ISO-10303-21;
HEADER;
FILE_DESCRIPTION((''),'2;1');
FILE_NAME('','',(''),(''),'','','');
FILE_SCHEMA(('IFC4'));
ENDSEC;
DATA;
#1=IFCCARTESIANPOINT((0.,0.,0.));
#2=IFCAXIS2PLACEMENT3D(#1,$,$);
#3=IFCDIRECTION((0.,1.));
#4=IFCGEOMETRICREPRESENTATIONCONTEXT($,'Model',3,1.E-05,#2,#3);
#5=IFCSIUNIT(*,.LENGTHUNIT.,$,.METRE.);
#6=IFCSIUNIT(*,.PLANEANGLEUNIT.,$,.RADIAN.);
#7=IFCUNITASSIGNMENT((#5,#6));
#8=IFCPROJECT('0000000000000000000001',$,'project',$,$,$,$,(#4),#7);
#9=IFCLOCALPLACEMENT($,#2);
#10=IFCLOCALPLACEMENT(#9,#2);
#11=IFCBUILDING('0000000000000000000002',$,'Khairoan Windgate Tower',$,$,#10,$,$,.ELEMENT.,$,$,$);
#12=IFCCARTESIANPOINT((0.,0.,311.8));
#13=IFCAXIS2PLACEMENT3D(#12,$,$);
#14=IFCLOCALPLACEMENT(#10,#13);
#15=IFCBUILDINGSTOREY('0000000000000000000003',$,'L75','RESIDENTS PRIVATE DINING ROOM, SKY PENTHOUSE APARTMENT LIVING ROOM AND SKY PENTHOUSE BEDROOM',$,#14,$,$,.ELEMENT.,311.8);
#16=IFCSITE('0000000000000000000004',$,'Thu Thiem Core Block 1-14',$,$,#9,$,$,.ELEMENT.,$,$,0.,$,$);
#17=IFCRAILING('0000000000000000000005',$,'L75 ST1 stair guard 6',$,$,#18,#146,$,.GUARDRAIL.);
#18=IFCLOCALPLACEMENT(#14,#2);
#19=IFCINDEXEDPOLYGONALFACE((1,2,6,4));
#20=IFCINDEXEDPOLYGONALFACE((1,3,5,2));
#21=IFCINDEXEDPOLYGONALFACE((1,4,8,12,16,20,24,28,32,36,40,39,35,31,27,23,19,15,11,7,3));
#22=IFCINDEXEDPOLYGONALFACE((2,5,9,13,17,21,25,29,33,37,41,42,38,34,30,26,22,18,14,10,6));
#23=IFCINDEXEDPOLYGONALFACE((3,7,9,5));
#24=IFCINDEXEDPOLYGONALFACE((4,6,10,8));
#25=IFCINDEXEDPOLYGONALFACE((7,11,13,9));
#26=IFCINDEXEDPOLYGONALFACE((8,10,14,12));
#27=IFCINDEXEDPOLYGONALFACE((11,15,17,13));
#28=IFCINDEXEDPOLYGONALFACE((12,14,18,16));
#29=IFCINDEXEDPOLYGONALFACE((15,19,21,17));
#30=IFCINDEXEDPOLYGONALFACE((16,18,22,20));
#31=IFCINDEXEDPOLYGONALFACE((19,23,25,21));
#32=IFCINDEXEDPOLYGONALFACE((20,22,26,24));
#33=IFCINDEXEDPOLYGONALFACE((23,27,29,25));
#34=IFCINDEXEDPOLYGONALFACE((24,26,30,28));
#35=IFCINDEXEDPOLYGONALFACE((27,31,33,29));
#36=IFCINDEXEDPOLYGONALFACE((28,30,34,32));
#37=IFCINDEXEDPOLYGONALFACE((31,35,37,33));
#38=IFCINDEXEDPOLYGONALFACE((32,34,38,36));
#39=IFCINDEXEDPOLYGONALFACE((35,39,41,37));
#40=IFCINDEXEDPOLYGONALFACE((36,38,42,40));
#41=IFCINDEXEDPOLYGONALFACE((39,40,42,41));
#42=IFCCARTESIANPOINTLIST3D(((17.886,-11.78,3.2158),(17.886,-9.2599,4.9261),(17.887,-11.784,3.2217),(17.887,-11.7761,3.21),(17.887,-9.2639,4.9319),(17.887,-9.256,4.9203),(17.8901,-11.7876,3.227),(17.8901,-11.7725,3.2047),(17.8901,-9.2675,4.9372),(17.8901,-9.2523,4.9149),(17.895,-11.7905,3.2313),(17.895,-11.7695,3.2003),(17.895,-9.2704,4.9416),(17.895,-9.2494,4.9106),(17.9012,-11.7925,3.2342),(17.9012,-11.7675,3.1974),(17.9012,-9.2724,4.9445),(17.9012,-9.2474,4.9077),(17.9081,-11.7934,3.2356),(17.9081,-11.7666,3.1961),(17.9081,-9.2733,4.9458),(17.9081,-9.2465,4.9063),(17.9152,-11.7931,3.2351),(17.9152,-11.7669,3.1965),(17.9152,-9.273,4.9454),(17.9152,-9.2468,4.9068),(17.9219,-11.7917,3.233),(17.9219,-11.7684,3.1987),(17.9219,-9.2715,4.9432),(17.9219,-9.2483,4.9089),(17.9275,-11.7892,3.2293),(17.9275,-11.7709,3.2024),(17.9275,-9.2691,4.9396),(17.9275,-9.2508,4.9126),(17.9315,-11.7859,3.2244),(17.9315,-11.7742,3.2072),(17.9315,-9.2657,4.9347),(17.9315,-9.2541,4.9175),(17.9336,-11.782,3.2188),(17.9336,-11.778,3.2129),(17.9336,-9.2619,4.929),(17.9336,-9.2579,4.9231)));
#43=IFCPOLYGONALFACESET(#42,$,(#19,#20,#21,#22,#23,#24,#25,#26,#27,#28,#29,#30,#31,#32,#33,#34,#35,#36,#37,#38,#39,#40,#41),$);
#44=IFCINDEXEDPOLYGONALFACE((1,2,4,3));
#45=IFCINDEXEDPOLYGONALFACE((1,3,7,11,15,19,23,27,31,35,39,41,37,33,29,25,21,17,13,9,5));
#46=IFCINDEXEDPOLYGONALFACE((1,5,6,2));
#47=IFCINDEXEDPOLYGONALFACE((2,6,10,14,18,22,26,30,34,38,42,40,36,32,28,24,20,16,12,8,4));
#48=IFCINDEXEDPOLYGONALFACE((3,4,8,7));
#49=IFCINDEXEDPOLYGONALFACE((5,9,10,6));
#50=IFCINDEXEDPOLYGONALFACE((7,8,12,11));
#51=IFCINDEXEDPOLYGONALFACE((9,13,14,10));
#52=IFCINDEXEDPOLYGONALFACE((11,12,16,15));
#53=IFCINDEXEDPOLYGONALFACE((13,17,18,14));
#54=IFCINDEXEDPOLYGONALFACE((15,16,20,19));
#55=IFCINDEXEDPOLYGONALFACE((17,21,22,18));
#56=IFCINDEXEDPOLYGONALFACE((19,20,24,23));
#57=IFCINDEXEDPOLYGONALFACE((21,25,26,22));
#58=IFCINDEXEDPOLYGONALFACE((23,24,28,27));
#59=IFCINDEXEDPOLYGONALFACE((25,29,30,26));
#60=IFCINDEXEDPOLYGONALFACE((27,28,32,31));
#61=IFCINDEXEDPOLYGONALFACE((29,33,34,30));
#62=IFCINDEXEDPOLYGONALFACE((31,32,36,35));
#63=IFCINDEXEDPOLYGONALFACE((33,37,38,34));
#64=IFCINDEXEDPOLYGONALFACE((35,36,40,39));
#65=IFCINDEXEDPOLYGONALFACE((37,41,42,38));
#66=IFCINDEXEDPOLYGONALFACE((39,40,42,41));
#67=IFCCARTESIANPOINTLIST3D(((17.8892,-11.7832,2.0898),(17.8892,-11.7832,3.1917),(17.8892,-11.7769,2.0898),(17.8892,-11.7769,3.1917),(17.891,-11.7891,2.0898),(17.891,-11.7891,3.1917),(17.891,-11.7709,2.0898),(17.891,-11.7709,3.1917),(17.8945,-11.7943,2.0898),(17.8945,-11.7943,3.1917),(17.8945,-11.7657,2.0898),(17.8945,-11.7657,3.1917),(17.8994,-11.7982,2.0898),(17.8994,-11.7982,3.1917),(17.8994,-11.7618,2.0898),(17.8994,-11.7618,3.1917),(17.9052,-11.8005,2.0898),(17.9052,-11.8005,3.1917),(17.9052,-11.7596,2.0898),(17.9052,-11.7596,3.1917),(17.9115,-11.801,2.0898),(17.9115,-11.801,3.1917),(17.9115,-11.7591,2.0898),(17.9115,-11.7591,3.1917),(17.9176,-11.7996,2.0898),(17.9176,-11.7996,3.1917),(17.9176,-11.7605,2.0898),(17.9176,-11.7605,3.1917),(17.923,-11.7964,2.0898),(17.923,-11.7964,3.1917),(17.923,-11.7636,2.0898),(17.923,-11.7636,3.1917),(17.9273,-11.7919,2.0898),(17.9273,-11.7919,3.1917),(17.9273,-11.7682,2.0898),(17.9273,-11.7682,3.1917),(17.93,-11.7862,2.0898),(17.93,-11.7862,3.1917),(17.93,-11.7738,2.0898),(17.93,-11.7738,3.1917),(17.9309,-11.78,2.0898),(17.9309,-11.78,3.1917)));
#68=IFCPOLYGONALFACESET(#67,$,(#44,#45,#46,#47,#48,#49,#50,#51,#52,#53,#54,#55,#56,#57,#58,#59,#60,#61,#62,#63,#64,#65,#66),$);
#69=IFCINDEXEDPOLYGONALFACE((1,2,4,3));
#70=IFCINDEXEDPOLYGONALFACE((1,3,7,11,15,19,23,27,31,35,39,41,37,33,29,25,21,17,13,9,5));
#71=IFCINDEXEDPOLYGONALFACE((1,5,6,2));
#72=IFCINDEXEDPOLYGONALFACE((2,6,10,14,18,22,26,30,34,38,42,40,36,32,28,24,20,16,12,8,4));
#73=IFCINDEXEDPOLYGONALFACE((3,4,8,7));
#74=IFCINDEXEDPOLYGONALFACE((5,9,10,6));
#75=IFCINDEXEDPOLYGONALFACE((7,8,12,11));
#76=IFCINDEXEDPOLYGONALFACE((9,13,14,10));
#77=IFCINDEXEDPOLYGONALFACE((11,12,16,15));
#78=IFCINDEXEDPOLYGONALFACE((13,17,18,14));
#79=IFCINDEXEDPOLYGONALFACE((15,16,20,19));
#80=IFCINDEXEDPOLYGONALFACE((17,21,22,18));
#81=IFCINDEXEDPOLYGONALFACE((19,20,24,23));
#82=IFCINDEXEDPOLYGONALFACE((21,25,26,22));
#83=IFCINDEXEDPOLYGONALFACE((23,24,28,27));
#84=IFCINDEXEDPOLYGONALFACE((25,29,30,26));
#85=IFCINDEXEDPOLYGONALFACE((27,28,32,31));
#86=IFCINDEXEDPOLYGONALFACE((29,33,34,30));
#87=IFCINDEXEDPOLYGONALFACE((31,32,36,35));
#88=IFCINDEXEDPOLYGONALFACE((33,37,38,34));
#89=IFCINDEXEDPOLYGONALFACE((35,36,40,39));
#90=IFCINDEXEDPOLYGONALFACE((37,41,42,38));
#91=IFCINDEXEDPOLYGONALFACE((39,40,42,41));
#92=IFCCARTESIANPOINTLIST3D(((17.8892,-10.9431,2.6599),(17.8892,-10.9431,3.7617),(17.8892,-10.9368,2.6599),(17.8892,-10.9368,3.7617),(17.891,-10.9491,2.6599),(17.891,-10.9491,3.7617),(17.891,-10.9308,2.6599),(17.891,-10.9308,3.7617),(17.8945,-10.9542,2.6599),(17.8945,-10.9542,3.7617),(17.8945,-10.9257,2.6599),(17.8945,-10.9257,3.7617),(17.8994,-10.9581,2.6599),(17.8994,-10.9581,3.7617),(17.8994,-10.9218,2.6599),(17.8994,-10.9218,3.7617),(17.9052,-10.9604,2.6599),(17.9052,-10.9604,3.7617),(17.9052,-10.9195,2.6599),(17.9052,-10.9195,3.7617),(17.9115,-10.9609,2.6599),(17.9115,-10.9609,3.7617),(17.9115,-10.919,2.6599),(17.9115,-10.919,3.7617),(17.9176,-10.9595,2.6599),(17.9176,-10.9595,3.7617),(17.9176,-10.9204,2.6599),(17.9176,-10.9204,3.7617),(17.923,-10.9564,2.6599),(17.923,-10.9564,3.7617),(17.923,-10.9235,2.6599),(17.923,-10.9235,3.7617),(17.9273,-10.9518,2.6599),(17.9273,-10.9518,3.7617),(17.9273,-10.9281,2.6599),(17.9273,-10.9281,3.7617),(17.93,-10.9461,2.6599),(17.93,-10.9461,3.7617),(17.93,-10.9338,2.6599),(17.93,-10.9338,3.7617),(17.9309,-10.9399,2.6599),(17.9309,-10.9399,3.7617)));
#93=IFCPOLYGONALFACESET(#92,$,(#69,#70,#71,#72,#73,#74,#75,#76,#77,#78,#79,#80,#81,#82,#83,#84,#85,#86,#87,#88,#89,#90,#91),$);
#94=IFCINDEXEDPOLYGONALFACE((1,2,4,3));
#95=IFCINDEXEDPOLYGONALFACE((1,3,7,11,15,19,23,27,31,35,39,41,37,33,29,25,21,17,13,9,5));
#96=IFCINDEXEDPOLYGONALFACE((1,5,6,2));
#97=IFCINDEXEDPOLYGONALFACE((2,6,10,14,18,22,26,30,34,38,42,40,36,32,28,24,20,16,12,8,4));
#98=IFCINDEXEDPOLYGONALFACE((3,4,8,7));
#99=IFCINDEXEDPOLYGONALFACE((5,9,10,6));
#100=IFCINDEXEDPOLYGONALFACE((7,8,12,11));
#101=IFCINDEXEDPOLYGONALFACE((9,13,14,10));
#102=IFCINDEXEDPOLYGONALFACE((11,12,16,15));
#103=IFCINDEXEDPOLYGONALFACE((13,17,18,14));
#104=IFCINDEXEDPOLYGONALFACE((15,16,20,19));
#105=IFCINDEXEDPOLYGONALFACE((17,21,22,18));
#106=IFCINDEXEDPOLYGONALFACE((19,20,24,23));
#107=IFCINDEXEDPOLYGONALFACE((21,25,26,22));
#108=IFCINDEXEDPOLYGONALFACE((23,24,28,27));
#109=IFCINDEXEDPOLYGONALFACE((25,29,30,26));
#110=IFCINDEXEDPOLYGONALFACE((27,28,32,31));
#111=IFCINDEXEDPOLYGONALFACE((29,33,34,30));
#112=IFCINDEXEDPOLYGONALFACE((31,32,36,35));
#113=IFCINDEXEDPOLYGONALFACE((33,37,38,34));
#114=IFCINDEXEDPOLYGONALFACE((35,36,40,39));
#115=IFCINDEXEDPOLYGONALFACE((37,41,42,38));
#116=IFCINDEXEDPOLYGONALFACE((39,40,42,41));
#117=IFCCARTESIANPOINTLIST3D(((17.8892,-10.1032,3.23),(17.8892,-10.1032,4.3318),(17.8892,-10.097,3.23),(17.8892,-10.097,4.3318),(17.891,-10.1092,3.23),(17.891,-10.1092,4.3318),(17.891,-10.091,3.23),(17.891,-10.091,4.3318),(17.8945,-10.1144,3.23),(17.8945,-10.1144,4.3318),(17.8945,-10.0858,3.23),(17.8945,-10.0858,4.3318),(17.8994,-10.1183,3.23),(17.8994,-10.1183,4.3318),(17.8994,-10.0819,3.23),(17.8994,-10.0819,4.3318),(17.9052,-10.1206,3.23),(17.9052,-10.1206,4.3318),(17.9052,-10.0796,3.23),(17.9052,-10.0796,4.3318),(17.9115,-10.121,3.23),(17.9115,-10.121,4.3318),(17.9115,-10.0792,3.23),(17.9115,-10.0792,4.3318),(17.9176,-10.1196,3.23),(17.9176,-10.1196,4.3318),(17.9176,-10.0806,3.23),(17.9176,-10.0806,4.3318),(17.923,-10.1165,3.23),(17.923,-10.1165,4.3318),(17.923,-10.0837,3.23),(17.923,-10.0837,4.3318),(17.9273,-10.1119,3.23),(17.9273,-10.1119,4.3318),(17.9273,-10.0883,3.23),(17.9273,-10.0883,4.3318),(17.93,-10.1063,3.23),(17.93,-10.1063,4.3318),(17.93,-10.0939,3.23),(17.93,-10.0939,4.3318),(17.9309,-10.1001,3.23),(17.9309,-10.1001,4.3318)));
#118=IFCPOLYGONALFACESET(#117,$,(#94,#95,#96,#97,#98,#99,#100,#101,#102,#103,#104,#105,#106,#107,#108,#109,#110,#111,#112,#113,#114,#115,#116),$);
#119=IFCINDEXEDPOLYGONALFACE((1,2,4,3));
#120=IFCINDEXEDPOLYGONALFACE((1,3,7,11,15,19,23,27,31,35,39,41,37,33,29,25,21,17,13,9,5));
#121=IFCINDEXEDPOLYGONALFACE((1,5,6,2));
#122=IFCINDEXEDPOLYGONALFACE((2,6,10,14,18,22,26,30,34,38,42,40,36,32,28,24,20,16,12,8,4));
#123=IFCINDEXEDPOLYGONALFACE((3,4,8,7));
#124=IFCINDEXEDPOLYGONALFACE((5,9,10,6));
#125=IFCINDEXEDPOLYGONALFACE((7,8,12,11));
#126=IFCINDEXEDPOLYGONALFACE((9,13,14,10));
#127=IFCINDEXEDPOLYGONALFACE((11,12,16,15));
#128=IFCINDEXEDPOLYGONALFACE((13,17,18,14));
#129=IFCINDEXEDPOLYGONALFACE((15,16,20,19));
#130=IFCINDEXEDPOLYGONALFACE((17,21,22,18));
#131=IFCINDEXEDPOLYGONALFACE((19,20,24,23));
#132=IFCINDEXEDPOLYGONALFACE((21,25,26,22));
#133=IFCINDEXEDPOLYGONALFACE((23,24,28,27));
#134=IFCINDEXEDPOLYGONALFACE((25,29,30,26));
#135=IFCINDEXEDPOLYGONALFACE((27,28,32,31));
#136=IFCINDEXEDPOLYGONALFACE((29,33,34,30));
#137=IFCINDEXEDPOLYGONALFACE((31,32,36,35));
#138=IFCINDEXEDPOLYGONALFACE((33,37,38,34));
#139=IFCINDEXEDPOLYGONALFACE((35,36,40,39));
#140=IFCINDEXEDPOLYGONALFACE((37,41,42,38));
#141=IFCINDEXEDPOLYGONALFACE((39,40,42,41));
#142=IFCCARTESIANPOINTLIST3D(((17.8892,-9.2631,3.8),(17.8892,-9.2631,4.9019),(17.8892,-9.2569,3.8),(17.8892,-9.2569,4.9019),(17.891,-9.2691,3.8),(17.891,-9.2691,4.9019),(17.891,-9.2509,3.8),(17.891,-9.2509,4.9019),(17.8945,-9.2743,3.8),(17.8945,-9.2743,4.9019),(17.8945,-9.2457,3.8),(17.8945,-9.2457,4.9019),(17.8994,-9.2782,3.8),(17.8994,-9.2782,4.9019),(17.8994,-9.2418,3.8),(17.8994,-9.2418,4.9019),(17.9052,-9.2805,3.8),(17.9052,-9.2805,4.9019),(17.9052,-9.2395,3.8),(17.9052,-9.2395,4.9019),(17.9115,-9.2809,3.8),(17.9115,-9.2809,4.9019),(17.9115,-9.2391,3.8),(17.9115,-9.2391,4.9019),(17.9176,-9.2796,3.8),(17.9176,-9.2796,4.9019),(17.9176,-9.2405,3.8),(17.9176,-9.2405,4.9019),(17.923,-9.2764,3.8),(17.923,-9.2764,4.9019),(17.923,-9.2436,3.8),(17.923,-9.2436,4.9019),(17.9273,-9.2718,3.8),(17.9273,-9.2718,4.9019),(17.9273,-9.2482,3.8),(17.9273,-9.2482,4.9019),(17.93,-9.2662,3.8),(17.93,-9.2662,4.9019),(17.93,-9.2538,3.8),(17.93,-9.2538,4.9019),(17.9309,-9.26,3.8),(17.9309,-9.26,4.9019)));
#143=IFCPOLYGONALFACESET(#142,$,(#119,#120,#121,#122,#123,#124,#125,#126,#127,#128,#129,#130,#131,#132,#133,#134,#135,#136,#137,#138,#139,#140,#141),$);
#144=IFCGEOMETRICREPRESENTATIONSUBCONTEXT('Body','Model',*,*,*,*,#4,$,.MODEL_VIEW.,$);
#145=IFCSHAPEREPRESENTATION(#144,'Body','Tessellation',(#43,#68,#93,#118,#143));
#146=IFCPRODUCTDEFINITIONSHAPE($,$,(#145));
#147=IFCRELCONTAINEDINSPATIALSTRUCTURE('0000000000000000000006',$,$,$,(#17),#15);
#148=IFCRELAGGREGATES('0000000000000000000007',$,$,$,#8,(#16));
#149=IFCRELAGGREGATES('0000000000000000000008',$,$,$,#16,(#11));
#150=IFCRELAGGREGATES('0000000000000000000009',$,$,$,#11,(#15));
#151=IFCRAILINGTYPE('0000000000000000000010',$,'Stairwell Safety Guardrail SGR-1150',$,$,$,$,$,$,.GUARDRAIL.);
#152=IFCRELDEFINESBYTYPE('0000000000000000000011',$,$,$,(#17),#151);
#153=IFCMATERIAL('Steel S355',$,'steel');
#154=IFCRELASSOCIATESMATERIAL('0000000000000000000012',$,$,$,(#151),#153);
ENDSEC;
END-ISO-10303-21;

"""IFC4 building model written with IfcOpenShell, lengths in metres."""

from ifc_helpers import new_model, si_unit, direction, frame, origin, origin_2d, place, context, subcontext, project, spatial, circle, extrude, material, type_object, element, save


model = new_model("IFC4")

# Units and contexts
model_context = context("Model", 3, precision=1e-05, world=origin(), true_north=direction((0.0, 1.0)))
body_context = subcontext(model_context, "Body", "Model", "MODEL_VIEW")
ifc_project = project(units=[si_unit("LENGTHUNIT", "METRE"), si_unit("PLANEANGLEUNIT", "RADIAN")], contexts=[model_context])

# Site, building, storey
site_placement = place(None, origin())
site = spatial("IfcSite", under=ifc_project, at=site_placement, Name="Thu Thiem Core Block 1-14", CompositionType="ELEMENT", RefElevation=0.0)
building_placement = place(site_placement, origin())
building = spatial("IfcBuilding", under=site, at=building_placement, Name="Khairoan Windgate Tower", CompositionType="ELEMENT")
storey_placement = place(building_placement, frame((0.0, 0.0, 311.8)))
storey = spatial("IfcBuildingStorey", under=building, at=storey_placement, Name="L75", Description="RESIDENTS PRIVATE DINING ROOM, SKY PENTHOUSE APARTMENT LIVING ROOM AND SKY PENTHOUSE BEDROOM", CompositionType="ELEMENT", Elevation=311.8)

# Railing
ifc_material_1 = material(Name="Steel S355", Category="steel")
railing_type_1 = type_object("IfcRailingType", Name="Stairwell Safety Guardrail SGR-1150", PredefinedType="GUARDRAIL", material=ifc_material_1)
railing_1_placement = place(storey_placement, frame((17.9099, -11.78, 2.0898)))
element("IfcRailing", 1, at=railing_1_placement, inside=storey, type_object=railing_type_1, Name="L75 ST1 stair guard 6", PredefinedType="GUARDRAIL", context=body_context, shape_type="SweptSolid", body=[
    extrude(circle(Radius=0.0239, at=origin_2d()), frame((0.0, 0.0, 1.126), z_axis=(0.0, 0.827447, 0.561545), x_axis=(-1.0, 0.0, 0.0)), (0.0, 0.0, 1.0), 3.0457),
    extrude(circle(Radius=0.021, at=origin_2d()), origin(), (0.0, 0.0, 1.0), 1.1018),
    extrude(circle(Radius=0.021, at=origin_2d()), frame((0.0, 0.8401, 0.5701)), (0.0, 0.0, 1.0), 1.1018),
    extrude(circle(Radius=0.021, at=origin_2d()), frame((0.0, 1.6799, 1.1401)), (0.0, 0.0, 1.0), 1.1018),
    extrude(circle(Radius=0.021, at=origin_2d()), frame((0.0, 2.52, 1.7102)), (0.0, 0.0, 1.0), 1.1018),
])

save(model, "model.ifc")
